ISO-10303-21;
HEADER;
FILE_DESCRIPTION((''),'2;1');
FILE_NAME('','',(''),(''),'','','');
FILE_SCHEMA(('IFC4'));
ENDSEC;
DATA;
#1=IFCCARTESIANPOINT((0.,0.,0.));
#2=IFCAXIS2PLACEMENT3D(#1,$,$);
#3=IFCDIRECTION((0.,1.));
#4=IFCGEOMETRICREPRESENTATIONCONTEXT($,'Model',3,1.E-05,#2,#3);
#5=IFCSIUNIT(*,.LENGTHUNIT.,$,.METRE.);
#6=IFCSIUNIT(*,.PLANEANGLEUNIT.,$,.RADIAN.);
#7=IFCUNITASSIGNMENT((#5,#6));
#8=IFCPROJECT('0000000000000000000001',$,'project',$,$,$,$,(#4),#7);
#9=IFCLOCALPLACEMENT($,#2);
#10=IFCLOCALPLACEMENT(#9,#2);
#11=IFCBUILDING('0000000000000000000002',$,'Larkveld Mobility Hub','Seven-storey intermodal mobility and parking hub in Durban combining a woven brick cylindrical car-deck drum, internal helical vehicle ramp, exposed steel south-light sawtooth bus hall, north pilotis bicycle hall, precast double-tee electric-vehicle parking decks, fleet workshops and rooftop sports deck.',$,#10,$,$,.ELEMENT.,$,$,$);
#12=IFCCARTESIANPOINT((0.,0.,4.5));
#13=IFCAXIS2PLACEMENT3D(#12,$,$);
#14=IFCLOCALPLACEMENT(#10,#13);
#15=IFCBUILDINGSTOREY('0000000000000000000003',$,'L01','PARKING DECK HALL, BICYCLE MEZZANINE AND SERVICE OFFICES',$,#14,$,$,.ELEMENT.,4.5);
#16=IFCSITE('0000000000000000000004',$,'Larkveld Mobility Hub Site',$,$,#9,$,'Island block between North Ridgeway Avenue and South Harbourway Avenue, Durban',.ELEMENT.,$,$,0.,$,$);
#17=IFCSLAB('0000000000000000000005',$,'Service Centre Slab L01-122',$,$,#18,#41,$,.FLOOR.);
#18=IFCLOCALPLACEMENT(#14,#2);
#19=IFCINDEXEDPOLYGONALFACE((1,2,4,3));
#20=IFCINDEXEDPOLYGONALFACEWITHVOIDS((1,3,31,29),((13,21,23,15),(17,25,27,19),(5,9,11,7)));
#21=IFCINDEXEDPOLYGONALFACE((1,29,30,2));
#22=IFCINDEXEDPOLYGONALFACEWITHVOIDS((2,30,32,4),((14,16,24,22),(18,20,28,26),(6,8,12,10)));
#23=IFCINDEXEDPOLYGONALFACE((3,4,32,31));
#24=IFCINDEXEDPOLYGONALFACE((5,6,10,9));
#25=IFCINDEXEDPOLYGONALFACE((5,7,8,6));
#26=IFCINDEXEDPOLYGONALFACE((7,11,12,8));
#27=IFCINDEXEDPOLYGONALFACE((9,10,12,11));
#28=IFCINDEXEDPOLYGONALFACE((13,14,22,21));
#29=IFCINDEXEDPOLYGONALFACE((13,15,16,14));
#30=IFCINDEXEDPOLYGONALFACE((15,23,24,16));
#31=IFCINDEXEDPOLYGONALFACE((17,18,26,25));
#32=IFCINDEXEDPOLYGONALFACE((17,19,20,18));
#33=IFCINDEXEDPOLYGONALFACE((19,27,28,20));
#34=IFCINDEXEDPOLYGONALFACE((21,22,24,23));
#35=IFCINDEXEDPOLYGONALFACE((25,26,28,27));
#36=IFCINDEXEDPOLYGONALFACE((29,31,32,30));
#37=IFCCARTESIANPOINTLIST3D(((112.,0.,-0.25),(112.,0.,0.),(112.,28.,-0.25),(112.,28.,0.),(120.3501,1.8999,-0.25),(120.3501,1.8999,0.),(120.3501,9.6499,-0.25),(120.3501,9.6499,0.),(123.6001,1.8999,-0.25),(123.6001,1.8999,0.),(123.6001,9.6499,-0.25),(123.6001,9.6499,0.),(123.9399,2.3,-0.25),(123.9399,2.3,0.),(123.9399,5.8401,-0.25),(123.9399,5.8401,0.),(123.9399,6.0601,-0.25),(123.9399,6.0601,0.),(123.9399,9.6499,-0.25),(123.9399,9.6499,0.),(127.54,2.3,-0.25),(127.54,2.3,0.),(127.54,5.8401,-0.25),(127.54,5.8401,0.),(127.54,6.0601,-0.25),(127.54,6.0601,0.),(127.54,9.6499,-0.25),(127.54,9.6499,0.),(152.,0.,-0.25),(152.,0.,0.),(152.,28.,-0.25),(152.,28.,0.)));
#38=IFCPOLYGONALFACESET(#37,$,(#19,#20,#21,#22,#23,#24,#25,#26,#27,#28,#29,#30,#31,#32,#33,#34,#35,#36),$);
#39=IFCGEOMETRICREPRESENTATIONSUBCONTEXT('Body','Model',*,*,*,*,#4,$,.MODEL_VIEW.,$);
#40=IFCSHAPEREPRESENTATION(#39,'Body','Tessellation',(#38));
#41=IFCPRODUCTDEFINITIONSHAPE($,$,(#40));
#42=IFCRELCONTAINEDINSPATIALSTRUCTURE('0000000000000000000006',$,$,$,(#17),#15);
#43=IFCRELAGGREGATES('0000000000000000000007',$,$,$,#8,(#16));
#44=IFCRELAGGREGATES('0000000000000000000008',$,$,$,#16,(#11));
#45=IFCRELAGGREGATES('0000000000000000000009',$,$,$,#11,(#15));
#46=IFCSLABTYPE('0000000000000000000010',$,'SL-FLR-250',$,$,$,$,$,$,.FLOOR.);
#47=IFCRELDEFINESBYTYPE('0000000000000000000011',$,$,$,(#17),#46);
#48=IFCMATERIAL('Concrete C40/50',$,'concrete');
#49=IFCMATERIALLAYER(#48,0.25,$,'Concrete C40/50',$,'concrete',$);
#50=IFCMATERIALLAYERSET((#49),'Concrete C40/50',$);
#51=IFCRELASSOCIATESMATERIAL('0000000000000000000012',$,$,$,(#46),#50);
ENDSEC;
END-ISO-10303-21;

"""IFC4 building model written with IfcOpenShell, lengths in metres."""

from ifc_helpers import new_model, si_unit, direction, frame, origin, place, context, subcontext, project, spatial, polyline, outline, extrude, material, layer, layer_set, type_object, element, save


model = new_model("IFC4")

# Units and contexts
model_context = context("Model", 3, precision=1e-05, world=origin(), true_north=direction((0.0, 1.0)))
body_context = subcontext(model_context, "Body", "Model", "MODEL_VIEW")
ifc_project = project(units=[si_unit("LENGTHUNIT", "METRE"), si_unit("PLANEANGLEUNIT", "RADIAN")], contexts=[model_context])

# Site, building, storey
site_placement = place(None, origin())
site = spatial("IfcSite", under=ifc_project, at=site_placement, Name="Larkveld Mobility Hub Site", LongName="Island block between North Ridgeway Avenue and South Harbourway Avenue, Durban", CompositionType="ELEMENT", RefElevation=0.0)
building_placement = place(site_placement, origin())
building = spatial("IfcBuilding", under=site, at=building_placement, Name="Larkveld Mobility Hub", Description="Seven-storey intermodal mobility and parking hub in Durban combining a woven brick cylindrical car-deck drum, internal helical vehicle ramp, exposed steel south-light sawtooth bus hall, north pilotis bicycle hall, precast double-tee electric-vehicle parking decks, fleet workshops and rooftop sports deck.", CompositionType="ELEMENT")
storey_placement = place(building_placement, frame((0.0, 0.0, 4.5)))
storey = spatial("IfcBuildingStorey", under=building, at=storey_placement, Name="L01", Description="PARKING DECK HALL, BICYCLE MEZZANINE AND SERVICE OFFICES", CompositionType="ELEMENT", Elevation=4.5)

# Slab
ifc_material = material(Name="Concrete C40/50", Category="concrete")
ifc_layer_1 = layer(ifc_material, 0.25, Name="Concrete C40/50", Category="concrete")
ifc_layer_set_1 = layer_set([ifc_layer_1], Name="Concrete C40/50")
slab_type_1 = type_object("IfcSlabType", Name="SL-FLR-250", PredefinedType="FLOOR", material=ifc_layer_set_1)
slab_1_placement = place(storey_placement, frame((0.0, 0.0, -0.25)))
element("IfcSlab", 1, at=slab_1_placement, inside=storey, type_object=slab_type_1, Name="Service Centre Slab L01-122", PredefinedType="FLOOR", context=body_context, shape_type="SweptSolid", body=[
    extrude(outline(polyline([(112.0, 0.0), (152.0, 0.0), (152.0, 28.0), (112.0, 28.0), (112.0, 0.0)]), holes=[polyline([(120.3501, 1.8999), (120.3501, 9.6499), (123.6001, 9.6499), (123.6001, 1.8999), (120.3501, 1.8999)]), polyline([(123.9399, 6.0601), (123.9399, 9.6499), (127.54, 9.6499), (127.54, 6.0601), (123.9399, 6.0601)]), polyline([(123.9399, 2.3), (123.9399, 5.8401), (127.54, 5.8401), (127.54, 2.3), (123.9399, 2.3)])]), origin(), (0.0, 0.0, 1.0), 0.25),
])

save(model, "model.ifc")
